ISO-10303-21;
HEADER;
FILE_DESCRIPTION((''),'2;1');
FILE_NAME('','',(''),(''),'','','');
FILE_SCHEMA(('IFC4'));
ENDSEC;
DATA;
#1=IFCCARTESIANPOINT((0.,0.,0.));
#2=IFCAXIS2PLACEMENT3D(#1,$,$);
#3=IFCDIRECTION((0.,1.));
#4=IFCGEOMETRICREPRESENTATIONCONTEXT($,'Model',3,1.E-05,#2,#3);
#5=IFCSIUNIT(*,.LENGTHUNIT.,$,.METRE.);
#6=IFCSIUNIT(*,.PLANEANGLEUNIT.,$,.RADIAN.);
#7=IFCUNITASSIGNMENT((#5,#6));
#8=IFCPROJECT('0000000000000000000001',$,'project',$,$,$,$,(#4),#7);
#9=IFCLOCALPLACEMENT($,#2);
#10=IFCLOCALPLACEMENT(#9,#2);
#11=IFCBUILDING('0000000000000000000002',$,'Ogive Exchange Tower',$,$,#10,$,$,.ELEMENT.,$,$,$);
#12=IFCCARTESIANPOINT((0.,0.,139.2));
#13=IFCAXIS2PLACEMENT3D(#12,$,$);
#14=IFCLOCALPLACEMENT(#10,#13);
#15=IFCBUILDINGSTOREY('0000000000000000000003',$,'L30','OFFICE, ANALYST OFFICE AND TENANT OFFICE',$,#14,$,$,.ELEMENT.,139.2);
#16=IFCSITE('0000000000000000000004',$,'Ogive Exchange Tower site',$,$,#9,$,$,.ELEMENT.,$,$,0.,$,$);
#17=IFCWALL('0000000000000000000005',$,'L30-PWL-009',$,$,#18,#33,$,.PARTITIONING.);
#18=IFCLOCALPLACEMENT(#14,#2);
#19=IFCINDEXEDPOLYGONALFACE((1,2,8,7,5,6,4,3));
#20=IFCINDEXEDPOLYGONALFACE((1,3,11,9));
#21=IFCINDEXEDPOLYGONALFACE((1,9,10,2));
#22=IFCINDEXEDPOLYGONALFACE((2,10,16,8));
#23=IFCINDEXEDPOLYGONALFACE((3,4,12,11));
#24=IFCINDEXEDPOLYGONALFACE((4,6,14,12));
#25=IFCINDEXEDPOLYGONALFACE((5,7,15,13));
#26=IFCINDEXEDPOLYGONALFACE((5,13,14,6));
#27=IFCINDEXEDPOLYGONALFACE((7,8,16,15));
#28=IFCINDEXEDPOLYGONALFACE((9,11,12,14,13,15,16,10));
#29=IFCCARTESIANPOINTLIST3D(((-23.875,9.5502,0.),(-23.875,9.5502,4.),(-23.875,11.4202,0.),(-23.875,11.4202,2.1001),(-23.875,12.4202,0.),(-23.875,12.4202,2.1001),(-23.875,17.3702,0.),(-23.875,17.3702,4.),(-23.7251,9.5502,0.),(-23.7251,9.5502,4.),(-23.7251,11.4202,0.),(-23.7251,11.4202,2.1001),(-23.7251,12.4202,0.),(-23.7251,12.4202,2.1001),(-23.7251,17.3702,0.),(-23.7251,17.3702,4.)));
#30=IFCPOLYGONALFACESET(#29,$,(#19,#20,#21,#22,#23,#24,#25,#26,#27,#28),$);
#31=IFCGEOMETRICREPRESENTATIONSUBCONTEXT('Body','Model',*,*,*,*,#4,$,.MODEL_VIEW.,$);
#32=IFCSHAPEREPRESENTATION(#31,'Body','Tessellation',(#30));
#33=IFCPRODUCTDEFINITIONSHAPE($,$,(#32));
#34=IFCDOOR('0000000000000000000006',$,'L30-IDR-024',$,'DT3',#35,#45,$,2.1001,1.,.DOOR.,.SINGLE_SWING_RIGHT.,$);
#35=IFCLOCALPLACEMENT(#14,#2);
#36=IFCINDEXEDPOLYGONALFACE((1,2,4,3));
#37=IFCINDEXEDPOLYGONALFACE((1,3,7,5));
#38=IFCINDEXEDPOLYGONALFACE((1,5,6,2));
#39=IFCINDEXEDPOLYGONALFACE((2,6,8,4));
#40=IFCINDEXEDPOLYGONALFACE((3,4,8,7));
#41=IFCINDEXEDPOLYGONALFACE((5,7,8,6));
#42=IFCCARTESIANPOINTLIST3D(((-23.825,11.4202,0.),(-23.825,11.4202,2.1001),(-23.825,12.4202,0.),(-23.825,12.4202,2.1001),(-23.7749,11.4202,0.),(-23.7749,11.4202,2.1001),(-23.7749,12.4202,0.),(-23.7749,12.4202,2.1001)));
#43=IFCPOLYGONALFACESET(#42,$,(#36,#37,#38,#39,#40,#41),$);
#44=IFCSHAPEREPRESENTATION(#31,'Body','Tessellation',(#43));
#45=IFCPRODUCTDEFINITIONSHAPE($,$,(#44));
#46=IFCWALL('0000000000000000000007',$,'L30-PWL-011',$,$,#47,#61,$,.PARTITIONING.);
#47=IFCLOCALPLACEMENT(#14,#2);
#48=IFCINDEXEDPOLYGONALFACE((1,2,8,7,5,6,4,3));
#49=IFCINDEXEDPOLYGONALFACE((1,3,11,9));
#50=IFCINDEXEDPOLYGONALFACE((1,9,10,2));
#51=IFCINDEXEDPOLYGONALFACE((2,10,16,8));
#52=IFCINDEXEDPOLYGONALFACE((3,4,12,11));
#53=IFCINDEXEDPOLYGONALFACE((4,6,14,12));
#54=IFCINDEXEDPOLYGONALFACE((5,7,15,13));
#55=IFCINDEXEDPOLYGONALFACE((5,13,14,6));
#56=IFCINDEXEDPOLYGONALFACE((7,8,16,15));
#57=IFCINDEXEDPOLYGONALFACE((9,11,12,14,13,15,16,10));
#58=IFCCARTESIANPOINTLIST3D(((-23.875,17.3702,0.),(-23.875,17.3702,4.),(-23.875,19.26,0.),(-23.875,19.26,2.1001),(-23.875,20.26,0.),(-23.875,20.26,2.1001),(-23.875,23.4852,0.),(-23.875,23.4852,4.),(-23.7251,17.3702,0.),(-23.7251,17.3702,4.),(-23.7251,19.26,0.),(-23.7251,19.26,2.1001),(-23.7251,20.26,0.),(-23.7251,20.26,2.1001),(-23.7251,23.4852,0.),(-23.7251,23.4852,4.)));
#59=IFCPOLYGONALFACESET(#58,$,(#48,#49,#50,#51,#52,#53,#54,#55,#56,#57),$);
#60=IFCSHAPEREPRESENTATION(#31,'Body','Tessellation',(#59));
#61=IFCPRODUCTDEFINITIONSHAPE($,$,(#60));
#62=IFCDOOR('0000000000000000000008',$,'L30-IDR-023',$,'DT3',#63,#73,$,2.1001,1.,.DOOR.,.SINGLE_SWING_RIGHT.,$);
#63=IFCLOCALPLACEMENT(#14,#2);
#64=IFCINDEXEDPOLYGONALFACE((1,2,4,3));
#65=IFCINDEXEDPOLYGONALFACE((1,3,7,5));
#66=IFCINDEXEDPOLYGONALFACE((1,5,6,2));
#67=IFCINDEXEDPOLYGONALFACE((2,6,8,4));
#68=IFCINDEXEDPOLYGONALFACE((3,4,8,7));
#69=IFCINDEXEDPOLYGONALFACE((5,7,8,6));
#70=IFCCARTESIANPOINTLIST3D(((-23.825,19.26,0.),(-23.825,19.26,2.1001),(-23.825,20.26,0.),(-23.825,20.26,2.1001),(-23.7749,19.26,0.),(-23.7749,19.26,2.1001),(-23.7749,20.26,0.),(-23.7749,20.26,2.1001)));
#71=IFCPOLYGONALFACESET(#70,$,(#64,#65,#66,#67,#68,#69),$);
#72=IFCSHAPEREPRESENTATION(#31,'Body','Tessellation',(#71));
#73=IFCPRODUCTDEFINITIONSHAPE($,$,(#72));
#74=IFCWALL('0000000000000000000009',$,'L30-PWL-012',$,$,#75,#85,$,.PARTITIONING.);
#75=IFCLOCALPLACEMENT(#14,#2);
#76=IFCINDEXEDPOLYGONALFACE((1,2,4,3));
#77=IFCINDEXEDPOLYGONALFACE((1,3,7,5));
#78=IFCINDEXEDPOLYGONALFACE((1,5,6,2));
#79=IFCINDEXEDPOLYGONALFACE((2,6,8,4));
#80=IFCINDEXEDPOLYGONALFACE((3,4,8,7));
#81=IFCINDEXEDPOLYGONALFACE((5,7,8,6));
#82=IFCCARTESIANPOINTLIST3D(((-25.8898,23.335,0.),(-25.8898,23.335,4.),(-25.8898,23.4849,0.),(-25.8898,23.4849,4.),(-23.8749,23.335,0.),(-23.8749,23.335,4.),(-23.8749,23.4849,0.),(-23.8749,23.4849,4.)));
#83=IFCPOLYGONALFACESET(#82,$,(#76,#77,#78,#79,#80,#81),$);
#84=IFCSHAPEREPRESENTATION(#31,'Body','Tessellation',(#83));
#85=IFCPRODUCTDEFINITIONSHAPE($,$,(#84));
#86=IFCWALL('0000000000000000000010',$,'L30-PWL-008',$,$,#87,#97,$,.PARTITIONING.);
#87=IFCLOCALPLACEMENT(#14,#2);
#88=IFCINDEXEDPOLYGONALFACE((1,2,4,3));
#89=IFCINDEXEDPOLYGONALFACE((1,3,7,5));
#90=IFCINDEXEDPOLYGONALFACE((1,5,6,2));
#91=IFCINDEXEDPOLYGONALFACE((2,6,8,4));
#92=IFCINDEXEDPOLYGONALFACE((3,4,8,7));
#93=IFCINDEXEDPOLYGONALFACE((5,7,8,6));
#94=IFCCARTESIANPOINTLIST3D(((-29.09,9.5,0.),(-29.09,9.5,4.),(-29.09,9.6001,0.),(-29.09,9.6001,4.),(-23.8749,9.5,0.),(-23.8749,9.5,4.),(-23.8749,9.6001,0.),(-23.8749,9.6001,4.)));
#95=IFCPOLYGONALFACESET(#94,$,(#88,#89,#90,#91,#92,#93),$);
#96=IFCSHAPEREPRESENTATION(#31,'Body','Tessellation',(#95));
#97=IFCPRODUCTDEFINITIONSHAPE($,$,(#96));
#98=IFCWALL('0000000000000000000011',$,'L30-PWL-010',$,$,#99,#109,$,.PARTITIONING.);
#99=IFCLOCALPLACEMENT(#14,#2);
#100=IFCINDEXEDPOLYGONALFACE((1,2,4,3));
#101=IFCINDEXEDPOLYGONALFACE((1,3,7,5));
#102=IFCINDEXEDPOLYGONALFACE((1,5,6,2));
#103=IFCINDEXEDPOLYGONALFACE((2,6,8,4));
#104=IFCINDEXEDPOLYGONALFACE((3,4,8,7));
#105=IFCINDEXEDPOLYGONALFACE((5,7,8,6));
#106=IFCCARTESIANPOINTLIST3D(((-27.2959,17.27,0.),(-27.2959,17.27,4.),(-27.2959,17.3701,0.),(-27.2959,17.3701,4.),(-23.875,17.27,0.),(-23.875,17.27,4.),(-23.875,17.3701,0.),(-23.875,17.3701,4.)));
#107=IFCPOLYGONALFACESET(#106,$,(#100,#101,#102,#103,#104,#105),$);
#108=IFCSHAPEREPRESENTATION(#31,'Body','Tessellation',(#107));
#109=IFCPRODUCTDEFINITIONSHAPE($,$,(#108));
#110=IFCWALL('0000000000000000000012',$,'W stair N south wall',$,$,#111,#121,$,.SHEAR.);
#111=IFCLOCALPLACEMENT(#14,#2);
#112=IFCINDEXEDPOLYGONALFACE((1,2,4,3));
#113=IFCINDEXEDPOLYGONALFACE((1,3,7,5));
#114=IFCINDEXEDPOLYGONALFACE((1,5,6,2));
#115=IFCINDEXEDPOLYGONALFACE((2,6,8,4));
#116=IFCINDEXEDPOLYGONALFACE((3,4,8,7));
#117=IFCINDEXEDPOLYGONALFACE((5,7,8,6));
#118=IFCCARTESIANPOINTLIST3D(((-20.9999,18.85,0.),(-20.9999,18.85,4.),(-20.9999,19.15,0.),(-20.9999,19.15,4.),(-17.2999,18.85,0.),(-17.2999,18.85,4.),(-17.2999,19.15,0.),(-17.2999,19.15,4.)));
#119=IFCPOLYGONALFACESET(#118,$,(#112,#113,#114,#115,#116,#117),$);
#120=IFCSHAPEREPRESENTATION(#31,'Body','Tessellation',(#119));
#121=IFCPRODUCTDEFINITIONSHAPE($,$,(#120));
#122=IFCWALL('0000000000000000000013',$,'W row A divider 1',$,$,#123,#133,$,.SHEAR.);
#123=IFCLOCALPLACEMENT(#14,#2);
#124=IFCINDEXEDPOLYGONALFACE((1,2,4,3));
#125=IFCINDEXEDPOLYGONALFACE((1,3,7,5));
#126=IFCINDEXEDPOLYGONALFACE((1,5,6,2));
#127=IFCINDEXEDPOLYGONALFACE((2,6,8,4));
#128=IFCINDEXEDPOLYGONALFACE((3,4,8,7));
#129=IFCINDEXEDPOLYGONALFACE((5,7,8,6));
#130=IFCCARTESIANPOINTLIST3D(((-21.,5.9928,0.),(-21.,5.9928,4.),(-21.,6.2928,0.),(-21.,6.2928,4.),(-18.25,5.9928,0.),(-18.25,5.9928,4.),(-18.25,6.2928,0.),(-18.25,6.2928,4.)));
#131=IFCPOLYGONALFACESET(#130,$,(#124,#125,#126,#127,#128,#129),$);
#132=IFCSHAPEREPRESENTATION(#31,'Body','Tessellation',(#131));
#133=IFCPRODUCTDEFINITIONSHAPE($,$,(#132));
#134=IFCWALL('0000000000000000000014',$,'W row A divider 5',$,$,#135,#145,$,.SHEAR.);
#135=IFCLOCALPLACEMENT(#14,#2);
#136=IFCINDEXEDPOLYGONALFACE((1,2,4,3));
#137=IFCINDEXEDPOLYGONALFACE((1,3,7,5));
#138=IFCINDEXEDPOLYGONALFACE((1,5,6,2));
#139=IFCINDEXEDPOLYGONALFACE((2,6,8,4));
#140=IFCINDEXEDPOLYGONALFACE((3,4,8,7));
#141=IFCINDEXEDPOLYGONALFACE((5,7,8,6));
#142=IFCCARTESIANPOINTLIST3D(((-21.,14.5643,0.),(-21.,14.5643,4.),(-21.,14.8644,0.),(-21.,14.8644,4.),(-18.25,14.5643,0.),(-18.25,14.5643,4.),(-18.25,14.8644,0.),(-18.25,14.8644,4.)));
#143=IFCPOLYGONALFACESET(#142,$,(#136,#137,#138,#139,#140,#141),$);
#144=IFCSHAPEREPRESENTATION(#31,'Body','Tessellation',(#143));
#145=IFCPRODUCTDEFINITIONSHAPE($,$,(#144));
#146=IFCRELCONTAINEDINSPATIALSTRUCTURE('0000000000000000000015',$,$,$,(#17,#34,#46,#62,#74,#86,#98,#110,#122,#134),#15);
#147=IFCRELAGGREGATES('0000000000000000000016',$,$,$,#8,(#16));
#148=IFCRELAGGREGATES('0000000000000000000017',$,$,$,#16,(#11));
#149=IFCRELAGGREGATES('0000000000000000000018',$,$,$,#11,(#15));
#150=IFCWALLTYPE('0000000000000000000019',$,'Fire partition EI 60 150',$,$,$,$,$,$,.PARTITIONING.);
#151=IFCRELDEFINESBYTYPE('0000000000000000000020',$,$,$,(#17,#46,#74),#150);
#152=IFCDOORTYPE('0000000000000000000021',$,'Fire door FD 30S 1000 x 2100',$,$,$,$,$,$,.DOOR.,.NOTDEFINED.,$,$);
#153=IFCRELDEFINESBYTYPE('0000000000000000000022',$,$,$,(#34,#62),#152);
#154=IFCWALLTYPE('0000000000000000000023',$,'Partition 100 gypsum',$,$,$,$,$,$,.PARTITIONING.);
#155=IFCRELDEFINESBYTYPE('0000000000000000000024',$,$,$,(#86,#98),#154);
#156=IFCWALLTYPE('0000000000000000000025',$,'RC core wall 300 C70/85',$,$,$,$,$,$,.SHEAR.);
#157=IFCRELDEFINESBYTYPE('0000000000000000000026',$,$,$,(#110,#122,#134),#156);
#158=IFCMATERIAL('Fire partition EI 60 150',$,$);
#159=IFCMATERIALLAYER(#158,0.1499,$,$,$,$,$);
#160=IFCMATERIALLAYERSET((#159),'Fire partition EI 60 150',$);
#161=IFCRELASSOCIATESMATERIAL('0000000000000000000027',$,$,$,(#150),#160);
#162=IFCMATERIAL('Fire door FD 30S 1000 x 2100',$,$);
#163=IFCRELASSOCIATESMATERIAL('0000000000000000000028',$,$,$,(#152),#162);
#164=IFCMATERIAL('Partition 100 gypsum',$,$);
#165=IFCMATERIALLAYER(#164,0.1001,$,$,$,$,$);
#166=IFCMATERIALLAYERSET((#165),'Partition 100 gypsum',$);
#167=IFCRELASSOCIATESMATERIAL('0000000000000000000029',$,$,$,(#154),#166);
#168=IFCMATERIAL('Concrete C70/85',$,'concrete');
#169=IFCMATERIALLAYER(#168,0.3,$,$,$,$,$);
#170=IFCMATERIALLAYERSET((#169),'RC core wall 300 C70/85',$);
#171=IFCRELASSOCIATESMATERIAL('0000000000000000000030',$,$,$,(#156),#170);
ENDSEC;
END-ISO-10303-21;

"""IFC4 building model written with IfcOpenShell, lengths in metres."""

from ifc_helpers import new_model, si_unit, direction, frame, frame_2d, origin, place, context, subcontext, project, spatial, rectangle, extrude, material, layer, layer_set, type_object, element, fill, save


model = new_model("IFC4")

# Units and contexts
model_context = context("Model", 3, precision=1e-05, world=origin(), true_north=direction((0.0, 1.0)))
body_context = subcontext(model_context, "Body", "Model", "MODEL_VIEW")
ifc_project = project(units=[si_unit("LENGTHUNIT", "METRE"), si_unit("PLANEANGLEUNIT", "RADIAN")], contexts=[model_context])

# Site, building, storey
site_placement = place(None, origin())
site = spatial("IfcSite", under=ifc_project, at=site_placement, Name="Ogive Exchange Tower site", CompositionType="ELEMENT", RefElevation=0.0)
building_placement = place(site_placement, origin())
building = spatial("IfcBuilding", under=site, at=building_placement, Name="Ogive Exchange Tower", CompositionType="ELEMENT")
storey_placement = place(building_placement, frame((0.0, 0.0, 139.2)))
storey = spatial("IfcBuildingStorey", under=building, at=storey_placement, Name="L30", Description="OFFICE, ANALYST OFFICE AND TENANT OFFICE", CompositionType="ELEMENT", Elevation=139.2)

# Walls, openings, doors
ifc_material_1 = material(Name="Fire partition EI 60 150")
ifc_layer_1 = layer(ifc_material_1, 0.1499)
ifc_layer_set_1 = layer_set([ifc_layer_1], Name="Fire partition EI 60 150")
wall_type_1 = type_object("IfcWallType", Name="Fire partition EI 60 150", PredefinedType="PARTITIONING", material=ifc_layer_set_1)
wall_1_placement = place(storey_placement, frame((-23.8, 9.55, 0.0), z_axis=(0.0, 0.0, 1.0), x_axis=(0.0, 1.0, 0.0)))
wall_1 = element("IfcWall", 1, at=wall_1_placement, inside=storey, type_object=wall_type_1, Name="L30-PWL-009", PredefinedType="PARTITIONING", context=body_context, shape_type="SweptSolid", body=[
    extrude(rectangle(XDim=7.8201, YDim=0.1499, at=frame_2d((3.9102, 0.0))), origin(), (0.0, 0.0, 1.0), 4.0),
])
opening_1_placement = place(wall_1_placement, frame((1.8701, 0.0, 0.0)))
opening_1 = element("IfcOpeningElement", 2, at=opening_1_placement, cuts=wall_1, PredefinedType="OPENING", context=body_context, shape_type="SweptSolid", body=[
    extrude(rectangle(XDim=1.0, YDim=2.1001, at=frame_2d((0.5, 1.05))), frame((0.0, 0.085, 0.0), z_axis=(0.0, -1.0, 0.0), x_axis=(1.0, 0.0, 0.0)), (0.0, 0.0, 1.0), 0.1699),
])
ifc_material_2 = material(Name="Fire door FD 30S 1000 x 2100")
door_type = type_object("IfcDoorType", Name="Fire door FD 30S 1000 x 2100", OperationType="NOTDEFINED", PredefinedType="DOOR", material=ifc_material_2)
door_1_placement = place(opening_1_placement, origin())
door_1 = element("IfcDoor", 3, at=door_1_placement, inside=storey, type_object=door_type, Name="L30-IDR-024", ObjectType="DT3", OperationType="SINGLE_SWING_RIGHT", OverallHeight=2.1001, OverallWidth=1.0, PredefinedType="DOOR", context=body_context, shape_type="SweptSolid", body=[
    extrude(rectangle(XDim=1.0, YDim=2.1001, at=frame_2d((0.5, 1.05))), frame((0.0, 0.0249, 0.0), z_axis=(0.0, -1.0, 0.0), x_axis=(1.0, 0.0, 0.0)), (0.0, 0.0, 1.0), 0.05),
])
fill(opening_1, door_1)
wall_2_placement = place(storey_placement, frame((-23.8, 17.3701, 0.0), z_axis=(0.0, 0.0, 1.0), x_axis=(0.0, 1.0, 0.0)))
wall_2 = element("IfcWall", 4, at=wall_2_placement, inside=storey, type_object=wall_type_1, Name="L30-PWL-011", PredefinedType="PARTITIONING", context=body_context, shape_type="SweptSolid", body=[
    extrude(rectangle(XDim=6.115, YDim=0.1499, at=frame_2d((3.0576, 0.0))), origin(), (0.0, 0.0, 1.0), 4.0),
])
opening_2_placement = place(wall_2_placement, frame((1.8899, 0.0, 0.0)))
opening_2 = element("IfcOpeningElement", 5, at=opening_2_placement, cuts=wall_2, PredefinedType="OPENING", context=body_context, shape_type="SweptSolid", body=[
    extrude(rectangle(XDim=1.0, YDim=2.1001, at=frame_2d((0.5, 1.05))), frame((0.0, 0.085, 0.0), z_axis=(0.0, -1.0, 0.0), x_axis=(1.0, 0.0, 0.0)), (0.0, 0.0, 1.0), 0.1699),
])
door_2_placement = place(opening_2_placement, origin())
door_2 = element("IfcDoor", 6, at=door_2_placement, inside=storey, type_object=door_type, Name="L30-IDR-023", ObjectType="DT3", OperationType="SINGLE_SWING_RIGHT", OverallHeight=2.1001, OverallWidth=1.0, PredefinedType="DOOR", context=body_context, shape_type="SweptSolid", body=[
    extrude(rectangle(XDim=1.0, YDim=2.1001, at=frame_2d((0.5, 1.05))), frame((0.0, 0.0249, 0.0), z_axis=(0.0, -1.0, 0.0), x_axis=(1.0, 0.0, 0.0)), (0.0, 0.0, 1.0), 0.05),
])
fill(opening_2, door_2)

# Walls
wall_3_placement = place(storey_placement, frame((-23.875, 23.4099, 0.0), z_axis=(0.0, 0.0, 1.0), x_axis=(-1.0, 0.0, 0.0)))
element("IfcWall", 7, at=wall_3_placement, inside=storey, type_object=wall_type_1, Name="L30-PWL-012", PredefinedType="PARTITIONING", context=body_context, shape_type="SweptSolid", body=[
    extrude(rectangle(XDim=2.0149, YDim=0.1499, at=frame_2d((1.0073, 0.0))), origin(), (0.0, 0.0, 1.0), 4.0),
])
ifc_material_3 = material(Name="Partition 100 gypsum")
ifc_layer_2 = layer(ifc_material_3, 0.1001)
ifc_layer_set_2 = layer_set([ifc_layer_2], Name="Partition 100 gypsum")
wall_type_2 = type_object("IfcWallType", Name="Partition 100 gypsum", PredefinedType="PARTITIONING", material=ifc_layer_set_2)
wall_4_placement = place(storey_placement, frame((-23.875, 9.55, 0.0), z_axis=(0.0, 0.0, 1.0), x_axis=(-1.0, 0.0, 0.0)))
element("IfcWall", 8, at=wall_4_placement, inside=storey, type_object=wall_type_2, Name="L30-PWL-008", PredefinedType="PARTITIONING", context=body_context, shape_type="SweptSolid", body=[
    extrude(rectangle(XDim=5.2151, YDim=0.1001, at=frame_2d((2.6074, 0.0))), origin(), (0.0, 0.0, 1.0), 4.0),
])
wall_5_placement = place(storey_placement, frame((-23.875, 17.3201, 0.0), z_axis=(0.0, 0.0, 1.0), x_axis=(-1.0, 0.0, 0.0)))
element("IfcWall", 9, at=wall_5_placement, inside=storey, type_object=wall_type_2, Name="L30-PWL-010", PredefinedType="PARTITIONING", context=body_context, shape_type="SweptSolid", body=[
    extrude(rectangle(XDim=3.4209, YDim=0.1001, at=frame_2d((1.7104, 0.0))), origin(), (0.0, 0.0, 1.0), 4.0),
])
ifc_material_4 = material(Name="Concrete C70/85", Category="concrete")
ifc_layer_3 = layer(ifc_material_4, 0.3)
ifc_layer_set_3 = layer_set([ifc_layer_3], Name="RC core wall 300 C70/85")
wall_type_3 = type_object("IfcWallType", Name="RC core wall 300 C70/85", PredefinedType="SHEAR", material=ifc_layer_set_3)
wall_6_placement = place(storey_placement, frame((-21.0, 19.0, 0.0), z_axis=(0.0, 0.0, 1.0), x_axis=(1.0, 0.0, 0.0)))
element("IfcWall", 10, at=wall_6_placement, inside=storey, type_object=wall_type_3, Name="W stair N south wall", PredefinedType="SHEAR", context=body_context, shape_type="SweptSolid", body=[
    extrude(rectangle(XDim=3.7, YDim=0.3, at=frame_2d((1.8501, 0.0))), origin(), (0.0, 0.0, 1.0), 4.0),
])
for number, where, z_axis, x_axis, name in (
    (11, (-21.0, 6.1428, 0.0), (0.0, 0.0, 1.0), (1.0, 0.0, 0.0), "W row A divider 1"),
    (12, (-21.0, 14.7144, 0.0), (0.0, 0.0, 1.0), (1.0, 0.0, 0.0), "W row A divider 5"),
):
    element("IfcWall", number, at=place(storey_placement, frame(where, z_axis=z_axis, x_axis=x_axis)), inside=storey, type_object=wall_type_3, Name=name, PredefinedType="SHEAR", context=body_context, shape_type="SweptSolid", body=[
        extrude(rectangle(XDim=2.75, YDim=0.3, at=frame_2d((1.375, 0.0))), origin(), (0.0, 0.0, 1.0), 4.0),
    ])

save(model, "model.ifc")
